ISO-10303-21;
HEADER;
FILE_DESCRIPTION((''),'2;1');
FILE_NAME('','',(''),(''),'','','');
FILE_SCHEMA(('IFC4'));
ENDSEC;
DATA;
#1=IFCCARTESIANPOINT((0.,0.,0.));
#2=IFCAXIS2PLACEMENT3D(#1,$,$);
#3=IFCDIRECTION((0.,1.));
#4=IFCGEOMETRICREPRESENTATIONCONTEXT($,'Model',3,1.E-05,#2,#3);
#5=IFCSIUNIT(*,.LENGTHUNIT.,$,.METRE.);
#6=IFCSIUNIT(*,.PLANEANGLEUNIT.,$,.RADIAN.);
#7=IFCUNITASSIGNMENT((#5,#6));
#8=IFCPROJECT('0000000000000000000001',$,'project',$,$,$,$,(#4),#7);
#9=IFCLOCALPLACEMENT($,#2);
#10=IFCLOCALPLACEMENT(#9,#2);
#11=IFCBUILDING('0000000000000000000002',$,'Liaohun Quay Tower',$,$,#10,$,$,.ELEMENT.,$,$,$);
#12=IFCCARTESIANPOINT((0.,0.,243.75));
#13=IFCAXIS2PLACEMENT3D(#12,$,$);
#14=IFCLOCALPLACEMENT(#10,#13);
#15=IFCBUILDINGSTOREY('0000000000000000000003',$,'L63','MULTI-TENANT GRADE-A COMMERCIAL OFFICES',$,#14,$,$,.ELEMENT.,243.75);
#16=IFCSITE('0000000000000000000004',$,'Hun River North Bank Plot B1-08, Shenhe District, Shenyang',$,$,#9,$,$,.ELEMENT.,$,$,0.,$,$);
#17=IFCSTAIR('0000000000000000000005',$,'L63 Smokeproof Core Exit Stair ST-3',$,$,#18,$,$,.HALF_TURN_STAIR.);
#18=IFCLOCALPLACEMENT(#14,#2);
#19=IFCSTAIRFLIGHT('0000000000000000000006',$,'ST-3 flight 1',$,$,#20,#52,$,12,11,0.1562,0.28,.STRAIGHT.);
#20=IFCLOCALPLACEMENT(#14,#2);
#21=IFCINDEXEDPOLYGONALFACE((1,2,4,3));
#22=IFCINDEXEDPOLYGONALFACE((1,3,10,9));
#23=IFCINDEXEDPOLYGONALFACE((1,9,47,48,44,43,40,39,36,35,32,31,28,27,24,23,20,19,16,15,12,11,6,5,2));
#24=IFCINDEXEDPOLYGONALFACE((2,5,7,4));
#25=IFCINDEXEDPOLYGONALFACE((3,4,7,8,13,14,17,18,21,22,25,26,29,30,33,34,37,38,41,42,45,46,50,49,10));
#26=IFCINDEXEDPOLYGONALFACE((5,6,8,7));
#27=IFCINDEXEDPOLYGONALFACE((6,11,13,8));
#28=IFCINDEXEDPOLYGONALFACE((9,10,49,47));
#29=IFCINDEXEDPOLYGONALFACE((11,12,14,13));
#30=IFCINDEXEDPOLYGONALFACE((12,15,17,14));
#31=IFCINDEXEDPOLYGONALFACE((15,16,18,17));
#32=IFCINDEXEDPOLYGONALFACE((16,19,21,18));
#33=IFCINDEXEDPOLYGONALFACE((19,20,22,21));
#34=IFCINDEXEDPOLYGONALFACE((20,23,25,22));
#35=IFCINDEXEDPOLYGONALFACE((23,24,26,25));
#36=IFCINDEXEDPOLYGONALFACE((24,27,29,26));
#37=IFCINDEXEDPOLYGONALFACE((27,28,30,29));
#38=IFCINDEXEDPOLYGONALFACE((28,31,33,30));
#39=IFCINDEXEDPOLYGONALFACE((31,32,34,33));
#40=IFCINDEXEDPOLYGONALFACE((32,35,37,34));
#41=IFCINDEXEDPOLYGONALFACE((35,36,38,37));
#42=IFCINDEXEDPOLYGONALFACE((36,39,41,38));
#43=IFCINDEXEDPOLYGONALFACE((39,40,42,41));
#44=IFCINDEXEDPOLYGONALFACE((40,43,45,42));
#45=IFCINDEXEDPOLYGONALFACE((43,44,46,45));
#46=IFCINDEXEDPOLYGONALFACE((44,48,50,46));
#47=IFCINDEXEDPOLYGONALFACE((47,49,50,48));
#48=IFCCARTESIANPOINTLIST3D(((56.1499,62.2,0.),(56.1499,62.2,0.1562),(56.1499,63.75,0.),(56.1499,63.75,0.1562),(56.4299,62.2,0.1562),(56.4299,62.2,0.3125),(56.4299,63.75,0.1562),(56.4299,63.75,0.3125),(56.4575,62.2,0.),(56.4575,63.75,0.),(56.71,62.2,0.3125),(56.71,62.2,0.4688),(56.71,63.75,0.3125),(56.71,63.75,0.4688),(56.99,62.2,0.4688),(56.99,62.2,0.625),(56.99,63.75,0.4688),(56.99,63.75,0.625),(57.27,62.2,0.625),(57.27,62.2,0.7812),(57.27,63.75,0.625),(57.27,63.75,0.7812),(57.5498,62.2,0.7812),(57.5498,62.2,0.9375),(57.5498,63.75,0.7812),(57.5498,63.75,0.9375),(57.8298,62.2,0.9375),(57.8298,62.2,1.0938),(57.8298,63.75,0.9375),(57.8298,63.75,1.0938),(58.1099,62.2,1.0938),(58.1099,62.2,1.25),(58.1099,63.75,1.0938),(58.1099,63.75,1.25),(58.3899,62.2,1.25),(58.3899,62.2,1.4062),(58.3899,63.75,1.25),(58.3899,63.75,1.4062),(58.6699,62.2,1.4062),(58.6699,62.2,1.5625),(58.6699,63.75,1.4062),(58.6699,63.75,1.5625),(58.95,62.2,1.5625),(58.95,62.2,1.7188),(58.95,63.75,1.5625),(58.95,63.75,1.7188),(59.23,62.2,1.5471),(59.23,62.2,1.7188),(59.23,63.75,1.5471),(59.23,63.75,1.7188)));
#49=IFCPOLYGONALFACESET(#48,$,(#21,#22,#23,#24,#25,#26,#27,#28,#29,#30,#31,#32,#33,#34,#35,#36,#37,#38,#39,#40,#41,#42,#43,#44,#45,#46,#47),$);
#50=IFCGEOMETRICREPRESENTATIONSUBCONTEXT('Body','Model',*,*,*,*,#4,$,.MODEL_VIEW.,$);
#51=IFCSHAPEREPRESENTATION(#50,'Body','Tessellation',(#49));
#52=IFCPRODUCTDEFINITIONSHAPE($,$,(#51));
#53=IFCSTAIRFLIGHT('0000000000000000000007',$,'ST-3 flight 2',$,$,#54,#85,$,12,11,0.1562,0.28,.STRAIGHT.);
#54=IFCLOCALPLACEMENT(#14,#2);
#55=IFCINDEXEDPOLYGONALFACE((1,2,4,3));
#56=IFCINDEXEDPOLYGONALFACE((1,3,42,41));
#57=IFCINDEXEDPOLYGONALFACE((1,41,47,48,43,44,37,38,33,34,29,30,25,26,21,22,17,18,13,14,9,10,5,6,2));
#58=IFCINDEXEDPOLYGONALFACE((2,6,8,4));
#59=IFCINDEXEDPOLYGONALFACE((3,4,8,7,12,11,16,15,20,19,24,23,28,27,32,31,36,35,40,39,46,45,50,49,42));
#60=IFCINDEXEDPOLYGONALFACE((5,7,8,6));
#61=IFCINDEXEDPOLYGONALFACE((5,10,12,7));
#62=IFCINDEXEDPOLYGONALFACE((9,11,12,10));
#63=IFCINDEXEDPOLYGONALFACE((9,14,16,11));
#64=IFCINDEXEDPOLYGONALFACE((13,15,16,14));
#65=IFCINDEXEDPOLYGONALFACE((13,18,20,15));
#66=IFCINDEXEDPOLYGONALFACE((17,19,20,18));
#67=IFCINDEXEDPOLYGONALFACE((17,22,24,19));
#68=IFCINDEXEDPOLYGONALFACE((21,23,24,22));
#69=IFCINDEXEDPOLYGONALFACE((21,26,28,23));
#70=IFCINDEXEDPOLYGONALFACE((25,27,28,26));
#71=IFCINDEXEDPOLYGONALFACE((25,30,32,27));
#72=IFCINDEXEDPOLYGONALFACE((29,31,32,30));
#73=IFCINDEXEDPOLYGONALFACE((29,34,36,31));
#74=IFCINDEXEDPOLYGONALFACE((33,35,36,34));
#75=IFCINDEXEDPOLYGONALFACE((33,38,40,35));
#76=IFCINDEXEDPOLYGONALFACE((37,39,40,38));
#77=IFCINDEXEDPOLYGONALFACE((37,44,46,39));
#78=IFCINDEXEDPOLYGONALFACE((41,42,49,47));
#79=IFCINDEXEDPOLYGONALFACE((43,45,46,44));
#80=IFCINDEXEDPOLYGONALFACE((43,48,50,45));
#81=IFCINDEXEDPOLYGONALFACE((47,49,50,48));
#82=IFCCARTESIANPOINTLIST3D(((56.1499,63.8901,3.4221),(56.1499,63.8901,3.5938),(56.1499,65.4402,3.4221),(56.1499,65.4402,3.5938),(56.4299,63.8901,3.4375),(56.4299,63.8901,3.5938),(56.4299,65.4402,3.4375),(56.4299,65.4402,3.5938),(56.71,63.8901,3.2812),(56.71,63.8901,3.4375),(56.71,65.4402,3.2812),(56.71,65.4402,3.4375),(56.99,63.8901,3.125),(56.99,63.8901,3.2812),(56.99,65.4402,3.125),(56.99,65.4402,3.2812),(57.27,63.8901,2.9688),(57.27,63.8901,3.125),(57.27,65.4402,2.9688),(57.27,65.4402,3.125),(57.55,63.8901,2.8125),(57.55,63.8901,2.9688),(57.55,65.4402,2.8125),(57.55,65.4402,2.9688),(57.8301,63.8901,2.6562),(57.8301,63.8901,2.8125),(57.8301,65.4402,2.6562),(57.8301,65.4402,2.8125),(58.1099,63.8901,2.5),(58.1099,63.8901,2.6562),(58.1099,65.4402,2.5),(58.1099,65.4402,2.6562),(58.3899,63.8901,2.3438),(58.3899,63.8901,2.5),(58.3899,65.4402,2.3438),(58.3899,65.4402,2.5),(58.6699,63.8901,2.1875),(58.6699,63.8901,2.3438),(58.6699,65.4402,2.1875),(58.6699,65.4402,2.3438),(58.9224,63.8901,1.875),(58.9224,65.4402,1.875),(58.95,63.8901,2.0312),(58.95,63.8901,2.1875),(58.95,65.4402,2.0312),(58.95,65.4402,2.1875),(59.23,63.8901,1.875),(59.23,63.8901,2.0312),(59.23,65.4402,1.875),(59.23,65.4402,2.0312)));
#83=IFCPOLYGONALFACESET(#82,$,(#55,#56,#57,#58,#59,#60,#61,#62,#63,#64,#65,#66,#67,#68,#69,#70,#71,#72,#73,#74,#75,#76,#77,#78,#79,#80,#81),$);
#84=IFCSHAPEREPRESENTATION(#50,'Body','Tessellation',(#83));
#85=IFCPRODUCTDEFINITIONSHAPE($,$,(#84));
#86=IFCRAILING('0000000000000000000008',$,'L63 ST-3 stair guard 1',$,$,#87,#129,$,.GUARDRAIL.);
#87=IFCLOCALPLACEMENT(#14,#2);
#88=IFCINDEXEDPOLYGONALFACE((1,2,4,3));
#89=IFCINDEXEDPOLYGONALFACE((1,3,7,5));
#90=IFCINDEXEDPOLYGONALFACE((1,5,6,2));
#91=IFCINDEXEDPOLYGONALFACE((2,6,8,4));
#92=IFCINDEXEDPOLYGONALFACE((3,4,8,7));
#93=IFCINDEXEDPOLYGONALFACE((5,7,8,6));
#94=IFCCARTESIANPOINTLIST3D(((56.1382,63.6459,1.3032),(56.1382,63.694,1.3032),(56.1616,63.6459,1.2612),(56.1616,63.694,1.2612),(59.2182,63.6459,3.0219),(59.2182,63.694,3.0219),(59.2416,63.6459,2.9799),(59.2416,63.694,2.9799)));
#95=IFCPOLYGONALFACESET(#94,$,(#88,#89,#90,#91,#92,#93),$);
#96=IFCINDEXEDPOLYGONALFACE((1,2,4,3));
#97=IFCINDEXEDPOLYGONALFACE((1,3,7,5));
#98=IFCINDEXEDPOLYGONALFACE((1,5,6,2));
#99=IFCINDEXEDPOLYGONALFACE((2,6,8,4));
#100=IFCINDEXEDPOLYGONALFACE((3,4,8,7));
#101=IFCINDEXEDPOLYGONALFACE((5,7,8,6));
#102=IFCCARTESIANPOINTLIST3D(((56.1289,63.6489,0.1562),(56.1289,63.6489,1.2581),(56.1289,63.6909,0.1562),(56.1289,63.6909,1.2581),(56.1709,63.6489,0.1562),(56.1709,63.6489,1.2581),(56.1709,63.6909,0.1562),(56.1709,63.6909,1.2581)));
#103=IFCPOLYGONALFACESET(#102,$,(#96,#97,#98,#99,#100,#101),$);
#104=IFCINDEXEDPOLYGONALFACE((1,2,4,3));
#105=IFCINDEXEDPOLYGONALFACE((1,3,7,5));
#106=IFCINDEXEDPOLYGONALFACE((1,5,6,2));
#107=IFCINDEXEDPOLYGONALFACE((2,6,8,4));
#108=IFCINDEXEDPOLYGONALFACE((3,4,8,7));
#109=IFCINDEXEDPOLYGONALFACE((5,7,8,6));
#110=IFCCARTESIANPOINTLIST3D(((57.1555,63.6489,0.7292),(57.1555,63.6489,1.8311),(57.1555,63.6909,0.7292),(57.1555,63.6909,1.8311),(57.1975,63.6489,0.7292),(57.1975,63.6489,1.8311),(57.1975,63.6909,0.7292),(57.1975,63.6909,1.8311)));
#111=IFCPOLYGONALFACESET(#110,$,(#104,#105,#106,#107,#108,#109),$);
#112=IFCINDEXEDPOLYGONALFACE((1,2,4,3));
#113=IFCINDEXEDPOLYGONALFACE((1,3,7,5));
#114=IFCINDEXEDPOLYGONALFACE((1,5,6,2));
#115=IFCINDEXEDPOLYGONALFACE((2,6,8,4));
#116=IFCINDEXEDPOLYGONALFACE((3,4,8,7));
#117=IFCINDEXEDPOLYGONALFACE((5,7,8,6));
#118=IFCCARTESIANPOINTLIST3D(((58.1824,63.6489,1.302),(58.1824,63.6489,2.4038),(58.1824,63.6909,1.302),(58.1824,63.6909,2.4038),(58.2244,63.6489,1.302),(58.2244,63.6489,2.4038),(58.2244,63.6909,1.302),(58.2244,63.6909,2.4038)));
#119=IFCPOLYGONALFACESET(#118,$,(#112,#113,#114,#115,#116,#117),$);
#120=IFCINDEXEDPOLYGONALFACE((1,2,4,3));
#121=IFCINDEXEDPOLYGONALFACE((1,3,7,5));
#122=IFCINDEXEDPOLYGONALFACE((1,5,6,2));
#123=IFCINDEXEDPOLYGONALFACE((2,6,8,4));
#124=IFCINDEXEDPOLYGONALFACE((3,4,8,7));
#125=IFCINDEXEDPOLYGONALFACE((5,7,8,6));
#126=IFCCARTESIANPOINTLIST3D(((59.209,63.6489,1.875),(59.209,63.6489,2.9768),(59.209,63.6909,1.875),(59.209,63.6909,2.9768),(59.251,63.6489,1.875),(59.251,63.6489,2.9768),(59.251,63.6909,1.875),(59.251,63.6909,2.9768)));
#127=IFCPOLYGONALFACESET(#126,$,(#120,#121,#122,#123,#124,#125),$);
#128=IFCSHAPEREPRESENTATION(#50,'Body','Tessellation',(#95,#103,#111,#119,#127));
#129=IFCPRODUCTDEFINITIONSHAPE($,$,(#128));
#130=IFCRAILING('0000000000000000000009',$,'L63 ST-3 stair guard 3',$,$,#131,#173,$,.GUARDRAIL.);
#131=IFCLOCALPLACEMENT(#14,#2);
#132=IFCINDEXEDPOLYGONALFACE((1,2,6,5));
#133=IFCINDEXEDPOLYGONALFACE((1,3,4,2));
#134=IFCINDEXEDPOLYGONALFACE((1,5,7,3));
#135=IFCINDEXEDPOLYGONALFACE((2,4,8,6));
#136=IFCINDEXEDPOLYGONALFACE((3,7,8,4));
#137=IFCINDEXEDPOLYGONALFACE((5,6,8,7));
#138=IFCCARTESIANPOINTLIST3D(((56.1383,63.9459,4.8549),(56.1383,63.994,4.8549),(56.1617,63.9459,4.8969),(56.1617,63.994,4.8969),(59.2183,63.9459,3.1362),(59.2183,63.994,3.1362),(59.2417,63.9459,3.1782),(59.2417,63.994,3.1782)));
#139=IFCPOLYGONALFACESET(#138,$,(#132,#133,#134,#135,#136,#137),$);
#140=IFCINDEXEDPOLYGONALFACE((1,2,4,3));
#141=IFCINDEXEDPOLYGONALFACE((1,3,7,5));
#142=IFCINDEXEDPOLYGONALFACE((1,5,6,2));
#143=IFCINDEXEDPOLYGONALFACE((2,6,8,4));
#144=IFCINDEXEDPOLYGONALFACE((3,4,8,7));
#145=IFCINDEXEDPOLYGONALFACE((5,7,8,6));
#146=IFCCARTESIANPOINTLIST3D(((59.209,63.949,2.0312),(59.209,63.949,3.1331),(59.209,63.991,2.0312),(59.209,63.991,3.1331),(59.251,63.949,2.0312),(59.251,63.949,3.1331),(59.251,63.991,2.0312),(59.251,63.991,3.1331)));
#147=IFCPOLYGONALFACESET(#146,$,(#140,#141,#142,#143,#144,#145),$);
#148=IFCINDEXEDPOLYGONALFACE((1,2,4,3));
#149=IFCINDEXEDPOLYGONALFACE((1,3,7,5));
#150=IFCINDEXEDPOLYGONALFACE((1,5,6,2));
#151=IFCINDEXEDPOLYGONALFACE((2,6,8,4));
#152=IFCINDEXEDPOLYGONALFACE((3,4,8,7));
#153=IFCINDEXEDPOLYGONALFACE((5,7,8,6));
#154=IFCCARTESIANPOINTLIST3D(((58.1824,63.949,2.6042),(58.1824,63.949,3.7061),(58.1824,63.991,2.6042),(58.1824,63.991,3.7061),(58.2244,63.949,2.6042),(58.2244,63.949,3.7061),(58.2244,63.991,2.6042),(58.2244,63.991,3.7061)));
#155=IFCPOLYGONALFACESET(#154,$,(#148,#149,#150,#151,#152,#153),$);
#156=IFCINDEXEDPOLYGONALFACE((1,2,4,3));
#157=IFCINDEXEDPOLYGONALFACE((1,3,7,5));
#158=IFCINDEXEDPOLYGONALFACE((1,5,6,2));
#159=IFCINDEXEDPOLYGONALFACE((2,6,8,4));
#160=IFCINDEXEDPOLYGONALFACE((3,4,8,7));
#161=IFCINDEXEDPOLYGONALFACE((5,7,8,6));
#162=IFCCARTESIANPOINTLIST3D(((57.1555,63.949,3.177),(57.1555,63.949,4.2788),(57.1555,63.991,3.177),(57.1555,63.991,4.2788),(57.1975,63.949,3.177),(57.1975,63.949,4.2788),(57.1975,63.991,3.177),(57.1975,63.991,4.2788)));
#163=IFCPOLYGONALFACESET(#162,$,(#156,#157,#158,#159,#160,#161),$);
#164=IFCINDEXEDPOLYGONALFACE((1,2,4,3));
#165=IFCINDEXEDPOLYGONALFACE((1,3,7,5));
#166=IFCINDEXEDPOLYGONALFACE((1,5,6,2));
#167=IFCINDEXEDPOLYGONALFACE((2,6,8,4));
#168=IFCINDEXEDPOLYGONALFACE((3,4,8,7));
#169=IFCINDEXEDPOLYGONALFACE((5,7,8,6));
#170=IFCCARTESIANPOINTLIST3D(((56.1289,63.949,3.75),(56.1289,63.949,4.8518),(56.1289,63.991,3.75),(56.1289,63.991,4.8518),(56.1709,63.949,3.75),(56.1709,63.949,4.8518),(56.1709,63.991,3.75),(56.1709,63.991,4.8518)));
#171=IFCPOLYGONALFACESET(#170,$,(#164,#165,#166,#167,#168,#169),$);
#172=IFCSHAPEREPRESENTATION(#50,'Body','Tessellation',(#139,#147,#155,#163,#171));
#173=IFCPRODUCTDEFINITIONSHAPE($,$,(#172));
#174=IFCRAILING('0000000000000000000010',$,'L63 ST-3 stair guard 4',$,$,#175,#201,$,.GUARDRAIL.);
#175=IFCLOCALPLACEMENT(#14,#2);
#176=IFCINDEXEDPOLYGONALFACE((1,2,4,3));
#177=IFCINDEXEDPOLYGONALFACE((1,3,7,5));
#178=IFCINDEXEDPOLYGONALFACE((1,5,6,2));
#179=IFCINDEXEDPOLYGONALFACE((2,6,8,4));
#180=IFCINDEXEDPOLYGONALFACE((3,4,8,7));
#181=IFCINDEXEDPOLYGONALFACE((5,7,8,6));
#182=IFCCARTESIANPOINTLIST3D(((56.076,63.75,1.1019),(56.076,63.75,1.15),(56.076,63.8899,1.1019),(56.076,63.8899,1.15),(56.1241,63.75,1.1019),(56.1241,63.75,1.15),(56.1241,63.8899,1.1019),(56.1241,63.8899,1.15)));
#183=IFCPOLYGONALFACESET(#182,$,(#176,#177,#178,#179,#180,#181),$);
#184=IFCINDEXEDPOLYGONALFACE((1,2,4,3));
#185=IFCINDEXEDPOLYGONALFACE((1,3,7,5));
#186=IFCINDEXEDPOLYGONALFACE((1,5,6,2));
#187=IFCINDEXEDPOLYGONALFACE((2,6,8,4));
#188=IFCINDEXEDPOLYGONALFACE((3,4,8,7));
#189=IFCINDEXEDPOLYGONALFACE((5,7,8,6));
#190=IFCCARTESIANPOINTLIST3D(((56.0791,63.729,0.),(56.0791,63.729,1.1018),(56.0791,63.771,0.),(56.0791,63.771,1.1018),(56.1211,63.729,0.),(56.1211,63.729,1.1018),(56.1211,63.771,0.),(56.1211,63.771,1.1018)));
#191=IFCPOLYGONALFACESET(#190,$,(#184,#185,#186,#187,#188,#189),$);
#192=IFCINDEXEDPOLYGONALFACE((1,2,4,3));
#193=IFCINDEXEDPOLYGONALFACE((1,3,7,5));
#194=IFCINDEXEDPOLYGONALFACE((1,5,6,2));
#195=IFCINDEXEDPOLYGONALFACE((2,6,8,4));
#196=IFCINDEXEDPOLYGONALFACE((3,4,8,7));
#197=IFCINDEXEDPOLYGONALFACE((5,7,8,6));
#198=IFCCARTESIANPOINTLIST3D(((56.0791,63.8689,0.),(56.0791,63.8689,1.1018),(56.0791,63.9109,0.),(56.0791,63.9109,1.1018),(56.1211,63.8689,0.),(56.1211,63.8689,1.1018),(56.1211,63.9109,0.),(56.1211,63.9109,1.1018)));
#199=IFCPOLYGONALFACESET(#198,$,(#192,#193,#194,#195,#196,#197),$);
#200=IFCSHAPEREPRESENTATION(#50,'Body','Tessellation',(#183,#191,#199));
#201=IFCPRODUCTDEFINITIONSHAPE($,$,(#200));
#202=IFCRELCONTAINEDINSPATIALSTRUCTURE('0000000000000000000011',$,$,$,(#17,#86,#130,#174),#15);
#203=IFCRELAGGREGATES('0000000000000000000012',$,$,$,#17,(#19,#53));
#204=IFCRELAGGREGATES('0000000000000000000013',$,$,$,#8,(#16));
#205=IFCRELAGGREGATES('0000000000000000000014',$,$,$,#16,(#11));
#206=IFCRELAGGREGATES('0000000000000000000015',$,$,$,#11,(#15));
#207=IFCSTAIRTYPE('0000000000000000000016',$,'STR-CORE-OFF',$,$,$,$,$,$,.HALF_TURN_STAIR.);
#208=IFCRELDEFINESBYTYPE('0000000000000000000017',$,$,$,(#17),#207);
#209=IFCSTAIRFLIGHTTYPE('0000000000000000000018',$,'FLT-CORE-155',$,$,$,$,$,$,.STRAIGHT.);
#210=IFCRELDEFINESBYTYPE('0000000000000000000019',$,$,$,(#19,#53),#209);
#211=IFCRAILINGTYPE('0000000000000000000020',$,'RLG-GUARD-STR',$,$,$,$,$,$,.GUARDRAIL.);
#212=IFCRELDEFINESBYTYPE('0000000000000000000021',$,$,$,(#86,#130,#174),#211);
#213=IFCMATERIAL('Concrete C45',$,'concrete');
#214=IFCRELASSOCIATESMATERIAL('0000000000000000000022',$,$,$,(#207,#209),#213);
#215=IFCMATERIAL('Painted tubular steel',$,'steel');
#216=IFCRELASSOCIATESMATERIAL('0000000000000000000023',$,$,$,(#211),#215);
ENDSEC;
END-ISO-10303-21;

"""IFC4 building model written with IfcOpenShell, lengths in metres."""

from ifc_helpers import new_model, si_unit, direction, frame, origin, origin_2d, place, context, subcontext, project, spatial, polyline, rectangle, outline, extrude, material, type_object, element, aggregate, save


model = new_model("IFC4")

# Units and contexts
model_context = context("Model", 3, precision=1e-05, world=origin(), true_north=direction((0.0, 1.0)))
body_context = subcontext(model_context, "Body", "Model", "MODEL_VIEW")
ifc_project = project(units=[si_unit("LENGTHUNIT", "METRE"), si_unit("PLANEANGLEUNIT", "RADIAN")], contexts=[model_context])

# Site, building, storey
site_placement = place(None, origin())
site = spatial("IfcSite", under=ifc_project, at=site_placement, Name="Hun River North Bank Plot B1-08, Shenhe District, Shenyang", CompositionType="ELEMENT", RefElevation=0.0)
building_placement = place(site_placement, origin())
building = spatial("IfcBuilding", under=site, at=building_placement, Name="Liaohun Quay Tower", CompositionType="ELEMENT")
storey_placement = place(building_placement, frame((0.0, 0.0, 243.75)))
storey = spatial("IfcBuildingStorey", under=building, at=storey_placement, Name="L63", Description="MULTI-TENANT GRADE-A COMMERCIAL OFFICES", CompositionType="ELEMENT", Elevation=243.75)

# Stair, stair flights
ifc_material_1 = material(Name="Concrete C45", Category="concrete")
stair_type = type_object("IfcStairType", Name="STR-CORE-OFF", PredefinedType="HALF_TURN_STAIR", material=ifc_material_1)
stair_placement = place(storey_placement, origin())
stair = element("IfcStair", 1, at=stair_placement, inside=storey, type_object=stair_type, Name="L63 Smokeproof Core Exit Stair ST-3", PredefinedType="HALF_TURN_STAIR")
stair_flight_type = type_object("IfcStairFlightType", Name="FLT-CORE-155", PredefinedType="STRAIGHT", material=ifc_material_1)
stair_flight_1_placement = place(storey_placement, frame((56.1499, 62.9751, 0.0), z_axis=(0.0, 0.0, 1.0), x_axis=(1.0, 0.0, 0.0)))
stair_flight_1 = element("IfcStairFlight", 2, at=stair_flight_1_placement, type_object=stair_flight_type, Name="ST-3 flight 1", NumberOfRisers=12, NumberOfTreads=11, PredefinedType="STRAIGHT", RiserHeight=0.1562, TreadLength=0.28, context=body_context, shape_type="SweptSolid", body=[
    extrude(outline(polyline([(0.0, 0.0), (0.0, 0.1562), (0.28, 0.1562), (0.28, 0.3125), (0.5601, 0.3125), (0.5601, 0.4688), (0.8401, 0.4688), (0.8401, 0.625), (1.1201, 0.625), (1.1201, 0.7812), (1.3999, 0.7812), (1.3999, 0.9375), (1.6799, 0.9375), (1.6799, 1.0938), (1.96, 1.0938), (1.96, 1.25), (2.24, 1.25), (2.24, 1.4062), (2.52, 1.4062), (2.52, 1.5625), (2.8, 1.5625), (2.8, 1.7188), (3.0801, 1.7188), (3.0801, 1.875), (3.0801, 1.5471), (0.3076, 0.0), (0.0, 0.0)])), frame((0.0, 0.7749, 0.0), z_axis=(0.0, -1.0, 0.0), x_axis=(1.0, 0.0, 0.0)), (0.0, 0.0, 1.0), 1.55),
])
stair_flight_2_placement = place(storey_placement, frame((59.23, 64.665, 1.875), z_axis=(0.0, 0.0, 1.0), x_axis=(-1.0, 0.0, 0.0)))
stair_flight_2 = element("IfcStairFlight", 3, at=stair_flight_2_placement, type_object=stair_flight_type, Name="ST-3 flight 2", NumberOfRisers=12, NumberOfTreads=11, PredefinedType="STRAIGHT", RiserHeight=0.1562, TreadLength=0.28, context=body_context, shape_type="SweptSolid", body=[
    extrude(outline(polyline([(0.0, 0.0), (0.0, 0.1562), (0.28, 0.1562), (0.28, 0.3125), (0.5601, 0.3125), (0.5601, 0.4688), (0.8401, 0.4688), (0.8401, 0.625), (1.1201, 0.625), (1.1201, 0.7812), (1.3999, 0.7812), (1.3999, 0.9375), (1.6799, 0.9375), (1.6799, 1.0938), (1.96, 1.0938), (1.96, 1.25), (2.24, 1.25), (2.24, 1.4062), (2.52, 1.4062), (2.52, 1.5625), (2.8, 1.5625), (2.8, 1.7188), (3.0801, 1.7188), (3.0801, 1.875), (3.0801, 1.5471), (0.3076, 0.0), (0.0, 0.0)])), frame((0.0, 0.7749, 0.0), z_axis=(0.0, -1.0, 0.0), x_axis=(1.0, 0.0, 0.0)), (0.0, 0.0, 1.0), 1.55),
])
aggregate(stair, [stair_flight_1, stair_flight_2])

# Railings
ifc_material_2 = material(Name="Painted tubular steel", Category="steel")
railing_type_1 = type_object("IfcRailingType", Name="RLG-GUARD-STR", PredefinedType="GUARDRAIL", material=ifc_material_2)
railing_1_placement = place(storey_placement, frame((56.1499, 63.6699, 0.1562)))
element("IfcRailing", 4, at=railing_1_placement, inside=storey, type_object=railing_type_1, Name="L63 ST-3 stair guard 1", PredefinedType="GUARDRAIL", context=body_context, shape_type="SweptSolid", body=[
    extrude(rectangle(XDim=0.0481, YDim=0.0481, at=origin_2d()), frame((0.0, 0.0, 1.126), z_axis=(0.873242, 0.0, 0.487288), x_axis=(0.0, 1.0, 0.0)), (0.0, 0.0, 1.0), 3.5271),
    extrude(rectangle(XDim=0.042, YDim=0.042, at=origin_2d()), origin(), (0.0, 0.0, 1.0), 1.1018),
    extrude(rectangle(XDim=0.042, YDim=0.042, at=origin_2d()), frame((1.0266, 0.0, 0.573)), (0.0, 0.0, 1.0), 1.1018),
    extrude(rectangle(XDim=0.042, YDim=0.042, at=origin_2d()), frame((2.0535, 0.0, 1.1458)), (0.0, 0.0, 1.0), 1.1018),
    extrude(rectangle(XDim=0.042, YDim=0.042, at=origin_2d()), frame((3.0801, 0.0, 1.7188)), (0.0, 0.0, 1.0), 1.1018),
])
railing_2_placement = place(storey_placement, frame((59.23, 63.97, 2.0312)))
element("IfcRailing", 5, at=railing_2_placement, inside=storey, type_object=railing_type_1, Name="L63 ST-3 stair guard 3", PredefinedType="GUARDRAIL", context=body_context, shape_type="SweptSolid", body=[
    extrude(rectangle(XDim=0.0481, YDim=0.0481, at=origin_2d()), frame((0.0, 0.0, 1.126), z_axis=(-0.873242, 0.0, 0.487288), x_axis=(0.0, -1.0, 0.0)), (0.0, 0.0, 1.0), 3.5271),
    extrude(rectangle(XDim=0.042, YDim=0.042, at=origin_2d()), origin(), (0.0, 0.0, 1.0), 1.1018),
    extrude(rectangle(XDim=0.042, YDim=0.042, at=origin_2d()), frame((-1.0266, 0.0, 0.573)), (0.0, 0.0, 1.0), 1.1018),
    extrude(rectangle(XDim=0.042, YDim=0.042, at=origin_2d()), frame((-2.0535, 0.0, 1.1458)), (0.0, 0.0, 1.0), 1.1018),
    extrude(rectangle(XDim=0.042, YDim=0.042, at=origin_2d()), frame((-3.0801, 0.0, 1.7188)), (0.0, 0.0, 1.0), 1.1018),
])
railing_3_placement = place(storey_placement, frame((56.1001, 63.75, 0.0)))
element("IfcRailing", 6, at=railing_3_placement, inside=storey, type_object=railing_type_1, Name="L63 ST-3 stair guard 4", PredefinedType="GUARDRAIL", context=body_context, shape_type="SweptSolid", body=[
    extrude(rectangle(XDim=0.0481, YDim=0.0481, at=origin_2d()), frame((0.0, 0.0, 1.126), z_axis=(0.0, 1.0, 0.0), x_axis=(-1.0, 0.0, 0.0)), (0.0, 0.0, 1.0), 0.1399),
    extrude(rectangle(XDim=0.042, YDim=0.042, at=origin_2d()), origin(), (0.0, 0.0, 1.0), 1.1018),
    extrude(rectangle(XDim=0.042, YDim=0.042, at=origin_2d()), frame((0.0, 0.1399, 0.0)), (0.0, 0.0, 1.0), 1.1018),
])

save(model, "model.ifc")
